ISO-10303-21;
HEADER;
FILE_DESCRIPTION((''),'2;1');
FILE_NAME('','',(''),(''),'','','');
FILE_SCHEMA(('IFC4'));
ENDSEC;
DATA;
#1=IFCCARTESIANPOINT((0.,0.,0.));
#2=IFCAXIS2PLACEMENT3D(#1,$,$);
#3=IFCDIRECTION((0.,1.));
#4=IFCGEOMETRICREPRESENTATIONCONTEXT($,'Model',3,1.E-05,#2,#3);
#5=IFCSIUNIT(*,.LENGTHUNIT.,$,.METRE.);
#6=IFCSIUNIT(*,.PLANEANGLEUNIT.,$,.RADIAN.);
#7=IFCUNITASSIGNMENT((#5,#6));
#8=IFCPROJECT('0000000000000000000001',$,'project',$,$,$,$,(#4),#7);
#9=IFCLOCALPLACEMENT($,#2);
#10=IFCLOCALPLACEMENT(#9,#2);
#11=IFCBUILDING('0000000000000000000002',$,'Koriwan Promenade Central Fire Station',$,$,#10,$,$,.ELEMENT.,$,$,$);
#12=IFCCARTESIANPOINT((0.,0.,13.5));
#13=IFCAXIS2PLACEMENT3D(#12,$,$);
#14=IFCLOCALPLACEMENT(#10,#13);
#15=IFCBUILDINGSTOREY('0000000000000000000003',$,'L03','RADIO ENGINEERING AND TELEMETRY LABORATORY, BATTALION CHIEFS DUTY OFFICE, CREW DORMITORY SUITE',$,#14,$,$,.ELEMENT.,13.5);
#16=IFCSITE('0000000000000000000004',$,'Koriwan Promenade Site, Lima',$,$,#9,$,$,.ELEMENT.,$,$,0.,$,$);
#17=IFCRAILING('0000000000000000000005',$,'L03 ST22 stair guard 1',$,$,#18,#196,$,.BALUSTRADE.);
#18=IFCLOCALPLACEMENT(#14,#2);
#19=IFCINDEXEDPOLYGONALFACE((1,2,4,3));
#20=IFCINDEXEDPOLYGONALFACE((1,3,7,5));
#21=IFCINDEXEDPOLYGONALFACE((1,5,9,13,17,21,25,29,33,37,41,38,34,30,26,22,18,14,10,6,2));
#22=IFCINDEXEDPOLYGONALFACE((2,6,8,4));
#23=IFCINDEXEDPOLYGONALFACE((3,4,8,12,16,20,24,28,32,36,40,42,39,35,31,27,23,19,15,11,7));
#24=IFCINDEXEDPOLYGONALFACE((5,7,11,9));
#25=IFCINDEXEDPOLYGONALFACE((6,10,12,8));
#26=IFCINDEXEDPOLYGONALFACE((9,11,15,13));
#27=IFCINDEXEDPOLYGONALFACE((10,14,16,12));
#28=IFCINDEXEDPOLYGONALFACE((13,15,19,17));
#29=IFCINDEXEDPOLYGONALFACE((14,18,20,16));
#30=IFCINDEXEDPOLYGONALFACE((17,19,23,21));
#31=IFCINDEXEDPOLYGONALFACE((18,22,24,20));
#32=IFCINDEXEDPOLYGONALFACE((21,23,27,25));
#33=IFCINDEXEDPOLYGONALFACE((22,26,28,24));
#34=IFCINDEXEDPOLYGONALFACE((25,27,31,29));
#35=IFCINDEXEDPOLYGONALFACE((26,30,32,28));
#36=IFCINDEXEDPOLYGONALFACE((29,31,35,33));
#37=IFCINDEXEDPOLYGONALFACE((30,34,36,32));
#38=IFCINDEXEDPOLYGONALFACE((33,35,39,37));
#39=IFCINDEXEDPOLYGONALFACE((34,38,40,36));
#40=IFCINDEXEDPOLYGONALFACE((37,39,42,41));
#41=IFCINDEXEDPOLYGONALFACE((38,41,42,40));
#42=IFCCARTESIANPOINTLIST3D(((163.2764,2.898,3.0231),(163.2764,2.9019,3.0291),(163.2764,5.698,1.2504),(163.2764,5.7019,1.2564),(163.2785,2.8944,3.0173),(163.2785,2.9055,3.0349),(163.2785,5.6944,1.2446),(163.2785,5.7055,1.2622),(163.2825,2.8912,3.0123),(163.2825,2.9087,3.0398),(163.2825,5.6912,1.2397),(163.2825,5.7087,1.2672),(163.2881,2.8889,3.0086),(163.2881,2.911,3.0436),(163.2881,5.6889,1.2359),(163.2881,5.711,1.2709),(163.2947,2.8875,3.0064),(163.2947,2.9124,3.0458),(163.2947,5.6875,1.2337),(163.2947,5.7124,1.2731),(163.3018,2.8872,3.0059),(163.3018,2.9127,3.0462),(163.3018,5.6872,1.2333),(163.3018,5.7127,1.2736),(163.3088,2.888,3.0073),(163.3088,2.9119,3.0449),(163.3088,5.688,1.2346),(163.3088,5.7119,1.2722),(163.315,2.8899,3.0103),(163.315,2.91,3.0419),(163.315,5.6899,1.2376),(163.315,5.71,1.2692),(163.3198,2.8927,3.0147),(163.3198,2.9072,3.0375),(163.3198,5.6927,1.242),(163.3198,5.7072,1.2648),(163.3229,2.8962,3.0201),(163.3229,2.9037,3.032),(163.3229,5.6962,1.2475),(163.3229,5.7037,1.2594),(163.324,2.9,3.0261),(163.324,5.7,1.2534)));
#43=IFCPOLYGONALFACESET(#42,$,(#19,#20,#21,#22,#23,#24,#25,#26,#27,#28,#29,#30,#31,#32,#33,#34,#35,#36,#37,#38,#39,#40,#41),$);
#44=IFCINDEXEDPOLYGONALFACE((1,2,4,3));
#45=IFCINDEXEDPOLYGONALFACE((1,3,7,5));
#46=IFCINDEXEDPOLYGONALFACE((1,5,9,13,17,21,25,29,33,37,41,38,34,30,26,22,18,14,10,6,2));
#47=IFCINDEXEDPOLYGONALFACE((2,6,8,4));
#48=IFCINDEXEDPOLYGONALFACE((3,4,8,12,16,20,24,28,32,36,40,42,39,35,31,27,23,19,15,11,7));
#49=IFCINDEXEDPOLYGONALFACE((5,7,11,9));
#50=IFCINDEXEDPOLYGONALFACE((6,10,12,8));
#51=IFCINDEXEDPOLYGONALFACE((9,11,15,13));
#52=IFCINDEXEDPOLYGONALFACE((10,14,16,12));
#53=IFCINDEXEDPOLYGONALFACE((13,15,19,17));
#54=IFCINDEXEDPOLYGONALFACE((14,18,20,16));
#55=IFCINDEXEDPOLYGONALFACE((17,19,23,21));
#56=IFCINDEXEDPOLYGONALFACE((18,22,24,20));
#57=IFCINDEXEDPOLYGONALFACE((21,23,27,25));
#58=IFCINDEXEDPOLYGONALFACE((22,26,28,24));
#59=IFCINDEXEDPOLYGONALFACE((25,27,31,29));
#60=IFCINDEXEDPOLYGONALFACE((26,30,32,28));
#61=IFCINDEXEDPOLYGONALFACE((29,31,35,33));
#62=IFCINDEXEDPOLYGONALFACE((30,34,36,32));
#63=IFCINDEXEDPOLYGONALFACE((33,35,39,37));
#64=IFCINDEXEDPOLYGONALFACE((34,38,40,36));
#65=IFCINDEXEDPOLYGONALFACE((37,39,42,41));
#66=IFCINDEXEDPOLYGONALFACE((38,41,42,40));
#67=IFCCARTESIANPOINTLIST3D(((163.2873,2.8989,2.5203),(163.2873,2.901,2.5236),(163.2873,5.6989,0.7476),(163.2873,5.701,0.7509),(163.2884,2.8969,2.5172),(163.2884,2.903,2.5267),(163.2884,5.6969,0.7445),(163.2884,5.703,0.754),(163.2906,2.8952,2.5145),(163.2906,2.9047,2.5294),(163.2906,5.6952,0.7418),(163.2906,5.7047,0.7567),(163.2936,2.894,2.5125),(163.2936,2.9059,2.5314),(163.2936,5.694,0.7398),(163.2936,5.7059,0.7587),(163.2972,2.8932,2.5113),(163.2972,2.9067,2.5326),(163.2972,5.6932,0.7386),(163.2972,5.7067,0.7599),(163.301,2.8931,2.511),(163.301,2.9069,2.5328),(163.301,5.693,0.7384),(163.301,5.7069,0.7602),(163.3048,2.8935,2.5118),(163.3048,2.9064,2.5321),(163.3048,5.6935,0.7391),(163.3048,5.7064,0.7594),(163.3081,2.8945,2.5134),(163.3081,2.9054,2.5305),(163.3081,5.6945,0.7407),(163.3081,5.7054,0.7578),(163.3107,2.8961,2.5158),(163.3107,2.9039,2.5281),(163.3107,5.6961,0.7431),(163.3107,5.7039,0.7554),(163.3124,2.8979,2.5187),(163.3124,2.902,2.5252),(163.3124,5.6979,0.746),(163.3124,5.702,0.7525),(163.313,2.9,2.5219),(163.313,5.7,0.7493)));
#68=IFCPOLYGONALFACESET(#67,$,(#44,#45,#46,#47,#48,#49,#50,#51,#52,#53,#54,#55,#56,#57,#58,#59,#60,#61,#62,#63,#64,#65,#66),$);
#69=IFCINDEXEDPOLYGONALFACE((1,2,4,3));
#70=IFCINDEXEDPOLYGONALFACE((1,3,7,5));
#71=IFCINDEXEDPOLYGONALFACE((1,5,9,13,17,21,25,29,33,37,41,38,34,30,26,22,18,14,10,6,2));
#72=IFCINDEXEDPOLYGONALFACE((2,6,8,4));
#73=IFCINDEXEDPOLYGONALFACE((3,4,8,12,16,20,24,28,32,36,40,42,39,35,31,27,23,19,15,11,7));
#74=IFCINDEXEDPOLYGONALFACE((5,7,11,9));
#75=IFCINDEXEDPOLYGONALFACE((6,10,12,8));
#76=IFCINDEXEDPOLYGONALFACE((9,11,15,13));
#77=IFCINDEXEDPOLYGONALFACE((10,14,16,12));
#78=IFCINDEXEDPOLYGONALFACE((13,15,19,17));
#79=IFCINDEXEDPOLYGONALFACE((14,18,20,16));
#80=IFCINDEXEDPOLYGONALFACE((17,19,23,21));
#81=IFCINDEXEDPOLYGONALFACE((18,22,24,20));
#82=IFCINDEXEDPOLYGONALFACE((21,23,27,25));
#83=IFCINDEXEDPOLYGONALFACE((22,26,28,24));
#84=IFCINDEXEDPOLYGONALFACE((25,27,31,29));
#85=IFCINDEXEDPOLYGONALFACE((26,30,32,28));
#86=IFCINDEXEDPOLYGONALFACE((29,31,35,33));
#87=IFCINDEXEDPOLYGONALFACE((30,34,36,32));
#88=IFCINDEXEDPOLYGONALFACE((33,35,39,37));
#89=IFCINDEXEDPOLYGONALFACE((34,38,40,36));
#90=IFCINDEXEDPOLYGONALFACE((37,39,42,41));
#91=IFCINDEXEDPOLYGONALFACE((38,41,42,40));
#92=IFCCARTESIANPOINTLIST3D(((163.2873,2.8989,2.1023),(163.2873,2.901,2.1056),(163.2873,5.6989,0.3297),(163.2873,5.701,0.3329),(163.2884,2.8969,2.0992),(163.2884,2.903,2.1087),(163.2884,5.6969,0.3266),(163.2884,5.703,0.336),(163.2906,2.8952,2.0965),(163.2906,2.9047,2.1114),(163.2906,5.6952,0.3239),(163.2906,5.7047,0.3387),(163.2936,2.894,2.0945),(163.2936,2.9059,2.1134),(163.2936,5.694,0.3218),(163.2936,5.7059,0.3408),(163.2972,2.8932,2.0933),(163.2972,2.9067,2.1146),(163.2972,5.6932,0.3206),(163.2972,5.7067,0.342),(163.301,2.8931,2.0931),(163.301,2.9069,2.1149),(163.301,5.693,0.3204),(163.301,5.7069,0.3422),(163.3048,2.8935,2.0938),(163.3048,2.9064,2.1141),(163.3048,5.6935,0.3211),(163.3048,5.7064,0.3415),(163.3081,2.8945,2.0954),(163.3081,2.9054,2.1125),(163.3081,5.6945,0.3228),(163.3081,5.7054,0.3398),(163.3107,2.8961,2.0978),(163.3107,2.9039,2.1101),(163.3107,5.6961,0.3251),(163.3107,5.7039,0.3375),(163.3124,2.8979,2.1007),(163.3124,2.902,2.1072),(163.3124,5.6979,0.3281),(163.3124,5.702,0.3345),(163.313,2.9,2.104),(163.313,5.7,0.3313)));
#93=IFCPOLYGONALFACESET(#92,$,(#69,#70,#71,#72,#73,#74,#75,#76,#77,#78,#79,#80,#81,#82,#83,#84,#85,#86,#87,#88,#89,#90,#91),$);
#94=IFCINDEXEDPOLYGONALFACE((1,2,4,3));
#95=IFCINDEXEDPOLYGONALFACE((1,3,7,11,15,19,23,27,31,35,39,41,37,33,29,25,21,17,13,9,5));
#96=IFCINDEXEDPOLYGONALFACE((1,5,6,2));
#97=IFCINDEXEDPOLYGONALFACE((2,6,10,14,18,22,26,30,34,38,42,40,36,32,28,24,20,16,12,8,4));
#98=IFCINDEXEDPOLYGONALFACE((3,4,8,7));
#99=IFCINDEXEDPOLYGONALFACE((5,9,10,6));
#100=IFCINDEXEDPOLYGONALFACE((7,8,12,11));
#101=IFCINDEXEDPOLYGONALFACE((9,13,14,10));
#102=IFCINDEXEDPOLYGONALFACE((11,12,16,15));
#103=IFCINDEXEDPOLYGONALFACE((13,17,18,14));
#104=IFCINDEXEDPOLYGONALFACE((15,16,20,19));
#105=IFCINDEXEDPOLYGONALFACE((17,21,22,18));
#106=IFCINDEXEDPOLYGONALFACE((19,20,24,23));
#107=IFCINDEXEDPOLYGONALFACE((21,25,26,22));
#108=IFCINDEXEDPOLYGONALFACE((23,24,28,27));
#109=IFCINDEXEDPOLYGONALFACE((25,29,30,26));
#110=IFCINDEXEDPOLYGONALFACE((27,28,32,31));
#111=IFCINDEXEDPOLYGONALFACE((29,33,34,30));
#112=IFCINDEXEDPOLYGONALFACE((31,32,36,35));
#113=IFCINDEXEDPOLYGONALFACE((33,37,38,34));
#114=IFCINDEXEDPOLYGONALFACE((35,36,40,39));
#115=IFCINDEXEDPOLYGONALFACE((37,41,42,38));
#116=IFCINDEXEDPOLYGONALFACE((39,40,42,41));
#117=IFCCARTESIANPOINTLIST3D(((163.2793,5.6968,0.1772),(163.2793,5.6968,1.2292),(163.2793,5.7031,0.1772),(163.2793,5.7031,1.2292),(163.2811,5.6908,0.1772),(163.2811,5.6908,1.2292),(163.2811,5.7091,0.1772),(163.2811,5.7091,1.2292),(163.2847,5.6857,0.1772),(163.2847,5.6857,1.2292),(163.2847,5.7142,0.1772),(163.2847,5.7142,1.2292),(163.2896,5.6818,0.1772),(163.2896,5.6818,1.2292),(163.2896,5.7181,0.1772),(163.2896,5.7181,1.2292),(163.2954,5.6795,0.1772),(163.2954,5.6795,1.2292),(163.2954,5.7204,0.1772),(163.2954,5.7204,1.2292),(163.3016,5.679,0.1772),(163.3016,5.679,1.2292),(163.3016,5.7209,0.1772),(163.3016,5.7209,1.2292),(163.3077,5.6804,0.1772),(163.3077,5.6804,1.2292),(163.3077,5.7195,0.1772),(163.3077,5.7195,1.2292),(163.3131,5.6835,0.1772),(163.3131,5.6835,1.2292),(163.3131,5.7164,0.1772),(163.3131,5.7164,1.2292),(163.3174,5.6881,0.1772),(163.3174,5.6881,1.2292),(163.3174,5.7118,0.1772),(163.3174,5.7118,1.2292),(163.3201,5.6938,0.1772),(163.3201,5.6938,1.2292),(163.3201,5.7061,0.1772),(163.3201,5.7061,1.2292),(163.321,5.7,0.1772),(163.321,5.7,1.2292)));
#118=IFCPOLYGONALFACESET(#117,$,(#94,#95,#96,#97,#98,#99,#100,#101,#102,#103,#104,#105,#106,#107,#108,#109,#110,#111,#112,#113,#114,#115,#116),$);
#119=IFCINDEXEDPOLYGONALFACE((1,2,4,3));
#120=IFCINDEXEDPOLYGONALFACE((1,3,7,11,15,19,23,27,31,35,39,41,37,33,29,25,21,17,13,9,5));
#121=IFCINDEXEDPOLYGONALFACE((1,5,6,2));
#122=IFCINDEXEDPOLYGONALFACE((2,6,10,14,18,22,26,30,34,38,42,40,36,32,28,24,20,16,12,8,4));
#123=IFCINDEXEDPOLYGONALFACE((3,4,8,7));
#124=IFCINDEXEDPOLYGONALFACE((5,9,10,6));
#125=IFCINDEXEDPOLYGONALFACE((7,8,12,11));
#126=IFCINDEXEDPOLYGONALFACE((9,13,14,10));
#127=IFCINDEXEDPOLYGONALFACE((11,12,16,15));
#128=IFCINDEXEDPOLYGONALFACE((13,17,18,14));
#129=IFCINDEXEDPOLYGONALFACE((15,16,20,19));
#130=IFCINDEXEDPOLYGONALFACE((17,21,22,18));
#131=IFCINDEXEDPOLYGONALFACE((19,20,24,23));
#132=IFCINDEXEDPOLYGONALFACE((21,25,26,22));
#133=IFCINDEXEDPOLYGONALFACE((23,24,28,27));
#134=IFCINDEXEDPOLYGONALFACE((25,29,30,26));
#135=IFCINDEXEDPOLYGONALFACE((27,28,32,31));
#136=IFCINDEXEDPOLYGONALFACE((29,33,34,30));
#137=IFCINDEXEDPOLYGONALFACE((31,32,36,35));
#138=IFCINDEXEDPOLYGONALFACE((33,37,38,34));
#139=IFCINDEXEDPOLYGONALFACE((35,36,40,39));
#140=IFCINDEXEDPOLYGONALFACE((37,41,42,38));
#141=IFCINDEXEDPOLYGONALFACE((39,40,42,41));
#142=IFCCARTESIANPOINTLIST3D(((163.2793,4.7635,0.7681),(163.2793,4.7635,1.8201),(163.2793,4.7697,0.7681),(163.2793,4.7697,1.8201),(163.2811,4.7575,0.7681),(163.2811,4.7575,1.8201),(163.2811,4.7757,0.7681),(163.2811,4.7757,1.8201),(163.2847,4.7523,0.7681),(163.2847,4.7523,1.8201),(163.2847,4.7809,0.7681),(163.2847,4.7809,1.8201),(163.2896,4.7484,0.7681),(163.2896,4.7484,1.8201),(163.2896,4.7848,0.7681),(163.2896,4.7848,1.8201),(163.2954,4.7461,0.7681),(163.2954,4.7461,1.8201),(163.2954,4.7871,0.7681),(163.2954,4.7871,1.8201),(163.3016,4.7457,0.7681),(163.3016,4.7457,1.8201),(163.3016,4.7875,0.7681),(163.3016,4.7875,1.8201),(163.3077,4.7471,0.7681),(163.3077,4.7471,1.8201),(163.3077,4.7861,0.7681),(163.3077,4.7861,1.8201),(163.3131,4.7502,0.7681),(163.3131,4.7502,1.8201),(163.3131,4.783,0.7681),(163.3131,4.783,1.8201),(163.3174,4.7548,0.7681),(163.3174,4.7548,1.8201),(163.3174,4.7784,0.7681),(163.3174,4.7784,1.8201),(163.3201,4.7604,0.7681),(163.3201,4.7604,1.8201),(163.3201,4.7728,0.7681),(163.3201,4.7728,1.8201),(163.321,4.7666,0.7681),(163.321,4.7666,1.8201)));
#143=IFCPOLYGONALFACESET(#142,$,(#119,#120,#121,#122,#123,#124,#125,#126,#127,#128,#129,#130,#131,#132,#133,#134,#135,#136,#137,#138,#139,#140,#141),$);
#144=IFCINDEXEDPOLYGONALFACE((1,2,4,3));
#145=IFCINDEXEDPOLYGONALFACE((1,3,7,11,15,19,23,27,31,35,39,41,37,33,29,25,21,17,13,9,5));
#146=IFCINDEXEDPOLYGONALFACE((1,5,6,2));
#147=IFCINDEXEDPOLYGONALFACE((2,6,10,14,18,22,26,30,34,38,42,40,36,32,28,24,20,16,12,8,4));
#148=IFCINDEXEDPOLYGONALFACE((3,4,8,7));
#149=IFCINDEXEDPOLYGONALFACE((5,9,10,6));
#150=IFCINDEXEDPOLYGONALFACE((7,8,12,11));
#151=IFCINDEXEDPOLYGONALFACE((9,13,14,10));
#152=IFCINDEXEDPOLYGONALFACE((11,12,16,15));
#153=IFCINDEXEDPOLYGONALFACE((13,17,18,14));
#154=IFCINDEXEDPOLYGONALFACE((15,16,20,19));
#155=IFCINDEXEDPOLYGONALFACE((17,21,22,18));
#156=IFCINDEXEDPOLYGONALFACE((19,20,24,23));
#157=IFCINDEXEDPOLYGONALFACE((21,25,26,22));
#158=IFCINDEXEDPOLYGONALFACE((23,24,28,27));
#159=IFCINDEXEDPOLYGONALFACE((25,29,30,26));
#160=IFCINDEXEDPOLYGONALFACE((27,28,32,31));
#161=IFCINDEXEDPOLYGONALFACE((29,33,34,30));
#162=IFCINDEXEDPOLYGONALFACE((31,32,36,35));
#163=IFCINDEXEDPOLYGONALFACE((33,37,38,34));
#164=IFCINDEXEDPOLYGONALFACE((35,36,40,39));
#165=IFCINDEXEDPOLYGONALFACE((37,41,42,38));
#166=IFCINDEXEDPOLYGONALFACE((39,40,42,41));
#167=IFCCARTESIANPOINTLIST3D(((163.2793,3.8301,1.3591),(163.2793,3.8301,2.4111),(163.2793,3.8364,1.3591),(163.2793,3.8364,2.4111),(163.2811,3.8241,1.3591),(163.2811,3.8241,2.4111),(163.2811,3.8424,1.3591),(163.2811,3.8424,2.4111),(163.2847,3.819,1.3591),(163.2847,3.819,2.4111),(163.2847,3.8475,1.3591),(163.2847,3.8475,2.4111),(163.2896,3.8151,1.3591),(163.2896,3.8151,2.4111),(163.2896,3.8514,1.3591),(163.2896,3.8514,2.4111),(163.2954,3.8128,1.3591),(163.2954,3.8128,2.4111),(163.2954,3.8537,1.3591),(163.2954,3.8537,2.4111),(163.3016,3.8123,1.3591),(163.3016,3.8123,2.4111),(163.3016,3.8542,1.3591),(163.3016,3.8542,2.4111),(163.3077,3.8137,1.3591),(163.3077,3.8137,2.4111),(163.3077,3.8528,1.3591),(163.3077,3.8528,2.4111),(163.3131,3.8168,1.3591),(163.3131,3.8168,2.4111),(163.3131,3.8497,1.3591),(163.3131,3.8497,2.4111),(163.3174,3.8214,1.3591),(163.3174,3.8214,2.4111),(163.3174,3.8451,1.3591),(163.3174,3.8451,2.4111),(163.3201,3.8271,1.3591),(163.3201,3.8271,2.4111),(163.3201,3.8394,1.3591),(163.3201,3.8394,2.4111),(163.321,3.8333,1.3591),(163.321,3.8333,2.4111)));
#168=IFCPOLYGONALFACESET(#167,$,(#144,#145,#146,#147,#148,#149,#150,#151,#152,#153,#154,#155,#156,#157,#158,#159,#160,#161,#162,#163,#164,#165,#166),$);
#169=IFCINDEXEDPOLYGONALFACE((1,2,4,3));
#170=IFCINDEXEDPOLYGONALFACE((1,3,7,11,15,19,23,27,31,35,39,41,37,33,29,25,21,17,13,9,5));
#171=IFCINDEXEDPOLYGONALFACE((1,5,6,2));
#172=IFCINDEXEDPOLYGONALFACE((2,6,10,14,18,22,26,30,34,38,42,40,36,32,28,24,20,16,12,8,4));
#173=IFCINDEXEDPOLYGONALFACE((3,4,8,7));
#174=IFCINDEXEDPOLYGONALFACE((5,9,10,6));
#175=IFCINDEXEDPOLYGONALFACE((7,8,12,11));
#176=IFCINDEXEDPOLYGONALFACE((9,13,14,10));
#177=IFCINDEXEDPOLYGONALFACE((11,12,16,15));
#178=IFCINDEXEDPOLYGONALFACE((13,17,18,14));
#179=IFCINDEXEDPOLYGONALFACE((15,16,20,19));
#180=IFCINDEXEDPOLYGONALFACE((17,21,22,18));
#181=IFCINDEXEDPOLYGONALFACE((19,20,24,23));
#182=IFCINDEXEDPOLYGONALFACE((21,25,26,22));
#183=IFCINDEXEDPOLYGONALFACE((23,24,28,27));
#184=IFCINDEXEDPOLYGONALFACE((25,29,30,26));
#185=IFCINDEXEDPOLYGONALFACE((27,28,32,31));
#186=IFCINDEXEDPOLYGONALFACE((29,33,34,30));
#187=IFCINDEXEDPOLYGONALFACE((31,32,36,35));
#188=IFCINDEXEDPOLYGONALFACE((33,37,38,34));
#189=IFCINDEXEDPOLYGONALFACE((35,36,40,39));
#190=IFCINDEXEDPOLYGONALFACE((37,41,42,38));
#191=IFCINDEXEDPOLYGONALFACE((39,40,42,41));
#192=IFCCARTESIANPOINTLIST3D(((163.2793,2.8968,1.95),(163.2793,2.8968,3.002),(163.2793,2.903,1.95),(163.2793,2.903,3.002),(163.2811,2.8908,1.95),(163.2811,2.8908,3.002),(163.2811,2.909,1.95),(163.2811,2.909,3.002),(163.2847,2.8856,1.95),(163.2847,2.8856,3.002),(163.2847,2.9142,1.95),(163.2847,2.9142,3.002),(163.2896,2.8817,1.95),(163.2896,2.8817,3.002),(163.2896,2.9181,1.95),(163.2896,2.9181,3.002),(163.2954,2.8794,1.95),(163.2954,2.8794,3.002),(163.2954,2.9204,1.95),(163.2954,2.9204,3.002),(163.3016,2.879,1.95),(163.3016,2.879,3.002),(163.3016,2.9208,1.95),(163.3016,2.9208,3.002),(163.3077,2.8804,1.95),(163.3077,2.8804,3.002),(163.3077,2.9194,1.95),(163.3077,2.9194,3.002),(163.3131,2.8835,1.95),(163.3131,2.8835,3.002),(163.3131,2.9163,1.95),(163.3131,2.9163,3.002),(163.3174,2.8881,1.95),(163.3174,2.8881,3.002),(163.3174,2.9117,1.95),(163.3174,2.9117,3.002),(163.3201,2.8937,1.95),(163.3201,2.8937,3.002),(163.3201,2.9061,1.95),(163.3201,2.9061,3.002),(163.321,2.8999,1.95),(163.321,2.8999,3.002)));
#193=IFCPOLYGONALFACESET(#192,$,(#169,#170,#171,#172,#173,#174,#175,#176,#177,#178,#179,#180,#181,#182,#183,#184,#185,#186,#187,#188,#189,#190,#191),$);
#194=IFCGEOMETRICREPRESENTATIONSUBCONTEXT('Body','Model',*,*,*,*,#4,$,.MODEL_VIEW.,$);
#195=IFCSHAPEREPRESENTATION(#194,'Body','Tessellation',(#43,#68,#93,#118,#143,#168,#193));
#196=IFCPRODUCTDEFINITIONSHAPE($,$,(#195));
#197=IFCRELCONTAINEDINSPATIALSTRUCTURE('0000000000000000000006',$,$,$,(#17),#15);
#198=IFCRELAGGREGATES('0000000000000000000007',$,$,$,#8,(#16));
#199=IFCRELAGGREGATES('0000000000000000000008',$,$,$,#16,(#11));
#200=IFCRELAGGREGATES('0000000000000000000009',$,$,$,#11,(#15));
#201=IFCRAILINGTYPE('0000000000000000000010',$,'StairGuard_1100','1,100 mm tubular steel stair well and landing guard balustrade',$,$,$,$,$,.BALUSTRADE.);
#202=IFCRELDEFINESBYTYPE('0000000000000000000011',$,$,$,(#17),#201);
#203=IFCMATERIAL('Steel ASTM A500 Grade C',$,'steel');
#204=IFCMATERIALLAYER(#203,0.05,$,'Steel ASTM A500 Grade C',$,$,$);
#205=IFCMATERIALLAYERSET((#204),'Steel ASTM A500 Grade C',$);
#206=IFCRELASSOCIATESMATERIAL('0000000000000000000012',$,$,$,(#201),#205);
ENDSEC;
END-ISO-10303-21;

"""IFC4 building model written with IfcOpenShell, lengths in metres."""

from ifc_helpers import new_model, si_unit, direction, frame, origin, origin_2d, place, context, subcontext, project, spatial, circle, extrude, material, layer, layer_set, type_object, element, save


model = new_model("IFC4")

# Units and contexts
model_context = context("Model", 3, precision=1e-05, world=origin(), true_north=direction((0.0, 1.0)))
body_context = subcontext(model_context, "Body", "Model", "MODEL_VIEW")
ifc_project = project(units=[si_unit("LENGTHUNIT", "METRE"), si_unit("PLANEANGLEUNIT", "RADIAN")], contexts=[model_context])

# Site, building, storey
site_placement = place(None, origin())
site = spatial("IfcSite", under=ifc_project, at=site_placement, Name="Koriwan Promenade Site, Lima", CompositionType="ELEMENT", RefElevation=0.0)
building_placement = place(site_placement, origin())
building = spatial("IfcBuilding", under=site, at=building_placement, Name="Koriwan Promenade Central Fire Station", CompositionType="ELEMENT")
storey_placement = place(building_placement, frame((0.0, 0.0, 13.5)))
storey = spatial("IfcBuildingStorey", under=building, at=storey_placement, Name="L03", Description="RADIO ENGINEERING AND TELEMETRY LABORATORY, BATTALION CHIEFS DUTY OFFICE, CREW DORMITORY SUITE", CompositionType="ELEMENT", Elevation=13.5)

# Railing
ifc_material_1 = material(Name="Steel ASTM A500 Grade C", Category="steel")
ifc_layer_1 = layer(ifc_material_1, 0.05, Name="Steel ASTM A500 Grade C")
ifc_layer_set_1 = layer_set([ifc_layer_1], Name="Steel ASTM A500 Grade C")
railing_type_1 = type_object("IfcRailingType", Name="StairGuard_1100", Description="1,100 mm tubular steel stair well and landing guard balustrade", PredefinedType="BALUSTRADE", material=ifc_layer_set_1)
railing_1_placement = place(storey_placement, frame((163.3, 5.7, 0.1772)))
element("IfcRailing", 1, at=railing_1_placement, inside=storey, type_object=railing_type_1, Name="L03 ST22 stair guard 1", PredefinedType="BALUSTRADE", context=body_context, shape_type="SweptSolid", body=[
    extrude(circle(Radius=0.0239, at=origin_2d()), frame((0.0, 0.0, 1.0762), z_axis=(0.0, -0.844909, 0.53491), x_axis=(1.0, 0.0, 0.0)), (0.0, 0.0, 1.0), 3.314),
    extrude(circle(Radius=0.0129, at=origin_2d()), frame((0.0, 0.0, 0.572), z_axis=(0.0, -0.844909, 0.53491), x_axis=(1.0, 0.0, 0.0)), (0.0, 0.0, 1.0), 3.314),
    extrude(circle(Radius=0.0129, at=origin_2d()), frame((0.0, 0.0, 0.1541), z_axis=(0.0, -0.844909, 0.53491), x_axis=(1.0, 0.0, 0.0)), (0.0, 0.0, 1.0), 3.314),
    extrude(circle(Radius=0.021, at=origin_2d()), origin(), (0.0, 0.0, 1.0), 1.052),
    extrude(circle(Radius=0.021, at=origin_2d()), frame((0.0, -0.9333, 0.5908)), (0.0, 0.0, 1.0), 1.052),
    extrude(circle(Radius=0.021, at=origin_2d()), frame((0.0, -1.8667, 1.1819)), (0.0, 0.0, 1.0), 1.052),
    extrude(circle(Radius=0.021, at=origin_2d()), frame((0.0, -2.8, 1.7727)), (0.0, 0.0, 1.0), 1.052),
])

save(model, "model.ifc")
